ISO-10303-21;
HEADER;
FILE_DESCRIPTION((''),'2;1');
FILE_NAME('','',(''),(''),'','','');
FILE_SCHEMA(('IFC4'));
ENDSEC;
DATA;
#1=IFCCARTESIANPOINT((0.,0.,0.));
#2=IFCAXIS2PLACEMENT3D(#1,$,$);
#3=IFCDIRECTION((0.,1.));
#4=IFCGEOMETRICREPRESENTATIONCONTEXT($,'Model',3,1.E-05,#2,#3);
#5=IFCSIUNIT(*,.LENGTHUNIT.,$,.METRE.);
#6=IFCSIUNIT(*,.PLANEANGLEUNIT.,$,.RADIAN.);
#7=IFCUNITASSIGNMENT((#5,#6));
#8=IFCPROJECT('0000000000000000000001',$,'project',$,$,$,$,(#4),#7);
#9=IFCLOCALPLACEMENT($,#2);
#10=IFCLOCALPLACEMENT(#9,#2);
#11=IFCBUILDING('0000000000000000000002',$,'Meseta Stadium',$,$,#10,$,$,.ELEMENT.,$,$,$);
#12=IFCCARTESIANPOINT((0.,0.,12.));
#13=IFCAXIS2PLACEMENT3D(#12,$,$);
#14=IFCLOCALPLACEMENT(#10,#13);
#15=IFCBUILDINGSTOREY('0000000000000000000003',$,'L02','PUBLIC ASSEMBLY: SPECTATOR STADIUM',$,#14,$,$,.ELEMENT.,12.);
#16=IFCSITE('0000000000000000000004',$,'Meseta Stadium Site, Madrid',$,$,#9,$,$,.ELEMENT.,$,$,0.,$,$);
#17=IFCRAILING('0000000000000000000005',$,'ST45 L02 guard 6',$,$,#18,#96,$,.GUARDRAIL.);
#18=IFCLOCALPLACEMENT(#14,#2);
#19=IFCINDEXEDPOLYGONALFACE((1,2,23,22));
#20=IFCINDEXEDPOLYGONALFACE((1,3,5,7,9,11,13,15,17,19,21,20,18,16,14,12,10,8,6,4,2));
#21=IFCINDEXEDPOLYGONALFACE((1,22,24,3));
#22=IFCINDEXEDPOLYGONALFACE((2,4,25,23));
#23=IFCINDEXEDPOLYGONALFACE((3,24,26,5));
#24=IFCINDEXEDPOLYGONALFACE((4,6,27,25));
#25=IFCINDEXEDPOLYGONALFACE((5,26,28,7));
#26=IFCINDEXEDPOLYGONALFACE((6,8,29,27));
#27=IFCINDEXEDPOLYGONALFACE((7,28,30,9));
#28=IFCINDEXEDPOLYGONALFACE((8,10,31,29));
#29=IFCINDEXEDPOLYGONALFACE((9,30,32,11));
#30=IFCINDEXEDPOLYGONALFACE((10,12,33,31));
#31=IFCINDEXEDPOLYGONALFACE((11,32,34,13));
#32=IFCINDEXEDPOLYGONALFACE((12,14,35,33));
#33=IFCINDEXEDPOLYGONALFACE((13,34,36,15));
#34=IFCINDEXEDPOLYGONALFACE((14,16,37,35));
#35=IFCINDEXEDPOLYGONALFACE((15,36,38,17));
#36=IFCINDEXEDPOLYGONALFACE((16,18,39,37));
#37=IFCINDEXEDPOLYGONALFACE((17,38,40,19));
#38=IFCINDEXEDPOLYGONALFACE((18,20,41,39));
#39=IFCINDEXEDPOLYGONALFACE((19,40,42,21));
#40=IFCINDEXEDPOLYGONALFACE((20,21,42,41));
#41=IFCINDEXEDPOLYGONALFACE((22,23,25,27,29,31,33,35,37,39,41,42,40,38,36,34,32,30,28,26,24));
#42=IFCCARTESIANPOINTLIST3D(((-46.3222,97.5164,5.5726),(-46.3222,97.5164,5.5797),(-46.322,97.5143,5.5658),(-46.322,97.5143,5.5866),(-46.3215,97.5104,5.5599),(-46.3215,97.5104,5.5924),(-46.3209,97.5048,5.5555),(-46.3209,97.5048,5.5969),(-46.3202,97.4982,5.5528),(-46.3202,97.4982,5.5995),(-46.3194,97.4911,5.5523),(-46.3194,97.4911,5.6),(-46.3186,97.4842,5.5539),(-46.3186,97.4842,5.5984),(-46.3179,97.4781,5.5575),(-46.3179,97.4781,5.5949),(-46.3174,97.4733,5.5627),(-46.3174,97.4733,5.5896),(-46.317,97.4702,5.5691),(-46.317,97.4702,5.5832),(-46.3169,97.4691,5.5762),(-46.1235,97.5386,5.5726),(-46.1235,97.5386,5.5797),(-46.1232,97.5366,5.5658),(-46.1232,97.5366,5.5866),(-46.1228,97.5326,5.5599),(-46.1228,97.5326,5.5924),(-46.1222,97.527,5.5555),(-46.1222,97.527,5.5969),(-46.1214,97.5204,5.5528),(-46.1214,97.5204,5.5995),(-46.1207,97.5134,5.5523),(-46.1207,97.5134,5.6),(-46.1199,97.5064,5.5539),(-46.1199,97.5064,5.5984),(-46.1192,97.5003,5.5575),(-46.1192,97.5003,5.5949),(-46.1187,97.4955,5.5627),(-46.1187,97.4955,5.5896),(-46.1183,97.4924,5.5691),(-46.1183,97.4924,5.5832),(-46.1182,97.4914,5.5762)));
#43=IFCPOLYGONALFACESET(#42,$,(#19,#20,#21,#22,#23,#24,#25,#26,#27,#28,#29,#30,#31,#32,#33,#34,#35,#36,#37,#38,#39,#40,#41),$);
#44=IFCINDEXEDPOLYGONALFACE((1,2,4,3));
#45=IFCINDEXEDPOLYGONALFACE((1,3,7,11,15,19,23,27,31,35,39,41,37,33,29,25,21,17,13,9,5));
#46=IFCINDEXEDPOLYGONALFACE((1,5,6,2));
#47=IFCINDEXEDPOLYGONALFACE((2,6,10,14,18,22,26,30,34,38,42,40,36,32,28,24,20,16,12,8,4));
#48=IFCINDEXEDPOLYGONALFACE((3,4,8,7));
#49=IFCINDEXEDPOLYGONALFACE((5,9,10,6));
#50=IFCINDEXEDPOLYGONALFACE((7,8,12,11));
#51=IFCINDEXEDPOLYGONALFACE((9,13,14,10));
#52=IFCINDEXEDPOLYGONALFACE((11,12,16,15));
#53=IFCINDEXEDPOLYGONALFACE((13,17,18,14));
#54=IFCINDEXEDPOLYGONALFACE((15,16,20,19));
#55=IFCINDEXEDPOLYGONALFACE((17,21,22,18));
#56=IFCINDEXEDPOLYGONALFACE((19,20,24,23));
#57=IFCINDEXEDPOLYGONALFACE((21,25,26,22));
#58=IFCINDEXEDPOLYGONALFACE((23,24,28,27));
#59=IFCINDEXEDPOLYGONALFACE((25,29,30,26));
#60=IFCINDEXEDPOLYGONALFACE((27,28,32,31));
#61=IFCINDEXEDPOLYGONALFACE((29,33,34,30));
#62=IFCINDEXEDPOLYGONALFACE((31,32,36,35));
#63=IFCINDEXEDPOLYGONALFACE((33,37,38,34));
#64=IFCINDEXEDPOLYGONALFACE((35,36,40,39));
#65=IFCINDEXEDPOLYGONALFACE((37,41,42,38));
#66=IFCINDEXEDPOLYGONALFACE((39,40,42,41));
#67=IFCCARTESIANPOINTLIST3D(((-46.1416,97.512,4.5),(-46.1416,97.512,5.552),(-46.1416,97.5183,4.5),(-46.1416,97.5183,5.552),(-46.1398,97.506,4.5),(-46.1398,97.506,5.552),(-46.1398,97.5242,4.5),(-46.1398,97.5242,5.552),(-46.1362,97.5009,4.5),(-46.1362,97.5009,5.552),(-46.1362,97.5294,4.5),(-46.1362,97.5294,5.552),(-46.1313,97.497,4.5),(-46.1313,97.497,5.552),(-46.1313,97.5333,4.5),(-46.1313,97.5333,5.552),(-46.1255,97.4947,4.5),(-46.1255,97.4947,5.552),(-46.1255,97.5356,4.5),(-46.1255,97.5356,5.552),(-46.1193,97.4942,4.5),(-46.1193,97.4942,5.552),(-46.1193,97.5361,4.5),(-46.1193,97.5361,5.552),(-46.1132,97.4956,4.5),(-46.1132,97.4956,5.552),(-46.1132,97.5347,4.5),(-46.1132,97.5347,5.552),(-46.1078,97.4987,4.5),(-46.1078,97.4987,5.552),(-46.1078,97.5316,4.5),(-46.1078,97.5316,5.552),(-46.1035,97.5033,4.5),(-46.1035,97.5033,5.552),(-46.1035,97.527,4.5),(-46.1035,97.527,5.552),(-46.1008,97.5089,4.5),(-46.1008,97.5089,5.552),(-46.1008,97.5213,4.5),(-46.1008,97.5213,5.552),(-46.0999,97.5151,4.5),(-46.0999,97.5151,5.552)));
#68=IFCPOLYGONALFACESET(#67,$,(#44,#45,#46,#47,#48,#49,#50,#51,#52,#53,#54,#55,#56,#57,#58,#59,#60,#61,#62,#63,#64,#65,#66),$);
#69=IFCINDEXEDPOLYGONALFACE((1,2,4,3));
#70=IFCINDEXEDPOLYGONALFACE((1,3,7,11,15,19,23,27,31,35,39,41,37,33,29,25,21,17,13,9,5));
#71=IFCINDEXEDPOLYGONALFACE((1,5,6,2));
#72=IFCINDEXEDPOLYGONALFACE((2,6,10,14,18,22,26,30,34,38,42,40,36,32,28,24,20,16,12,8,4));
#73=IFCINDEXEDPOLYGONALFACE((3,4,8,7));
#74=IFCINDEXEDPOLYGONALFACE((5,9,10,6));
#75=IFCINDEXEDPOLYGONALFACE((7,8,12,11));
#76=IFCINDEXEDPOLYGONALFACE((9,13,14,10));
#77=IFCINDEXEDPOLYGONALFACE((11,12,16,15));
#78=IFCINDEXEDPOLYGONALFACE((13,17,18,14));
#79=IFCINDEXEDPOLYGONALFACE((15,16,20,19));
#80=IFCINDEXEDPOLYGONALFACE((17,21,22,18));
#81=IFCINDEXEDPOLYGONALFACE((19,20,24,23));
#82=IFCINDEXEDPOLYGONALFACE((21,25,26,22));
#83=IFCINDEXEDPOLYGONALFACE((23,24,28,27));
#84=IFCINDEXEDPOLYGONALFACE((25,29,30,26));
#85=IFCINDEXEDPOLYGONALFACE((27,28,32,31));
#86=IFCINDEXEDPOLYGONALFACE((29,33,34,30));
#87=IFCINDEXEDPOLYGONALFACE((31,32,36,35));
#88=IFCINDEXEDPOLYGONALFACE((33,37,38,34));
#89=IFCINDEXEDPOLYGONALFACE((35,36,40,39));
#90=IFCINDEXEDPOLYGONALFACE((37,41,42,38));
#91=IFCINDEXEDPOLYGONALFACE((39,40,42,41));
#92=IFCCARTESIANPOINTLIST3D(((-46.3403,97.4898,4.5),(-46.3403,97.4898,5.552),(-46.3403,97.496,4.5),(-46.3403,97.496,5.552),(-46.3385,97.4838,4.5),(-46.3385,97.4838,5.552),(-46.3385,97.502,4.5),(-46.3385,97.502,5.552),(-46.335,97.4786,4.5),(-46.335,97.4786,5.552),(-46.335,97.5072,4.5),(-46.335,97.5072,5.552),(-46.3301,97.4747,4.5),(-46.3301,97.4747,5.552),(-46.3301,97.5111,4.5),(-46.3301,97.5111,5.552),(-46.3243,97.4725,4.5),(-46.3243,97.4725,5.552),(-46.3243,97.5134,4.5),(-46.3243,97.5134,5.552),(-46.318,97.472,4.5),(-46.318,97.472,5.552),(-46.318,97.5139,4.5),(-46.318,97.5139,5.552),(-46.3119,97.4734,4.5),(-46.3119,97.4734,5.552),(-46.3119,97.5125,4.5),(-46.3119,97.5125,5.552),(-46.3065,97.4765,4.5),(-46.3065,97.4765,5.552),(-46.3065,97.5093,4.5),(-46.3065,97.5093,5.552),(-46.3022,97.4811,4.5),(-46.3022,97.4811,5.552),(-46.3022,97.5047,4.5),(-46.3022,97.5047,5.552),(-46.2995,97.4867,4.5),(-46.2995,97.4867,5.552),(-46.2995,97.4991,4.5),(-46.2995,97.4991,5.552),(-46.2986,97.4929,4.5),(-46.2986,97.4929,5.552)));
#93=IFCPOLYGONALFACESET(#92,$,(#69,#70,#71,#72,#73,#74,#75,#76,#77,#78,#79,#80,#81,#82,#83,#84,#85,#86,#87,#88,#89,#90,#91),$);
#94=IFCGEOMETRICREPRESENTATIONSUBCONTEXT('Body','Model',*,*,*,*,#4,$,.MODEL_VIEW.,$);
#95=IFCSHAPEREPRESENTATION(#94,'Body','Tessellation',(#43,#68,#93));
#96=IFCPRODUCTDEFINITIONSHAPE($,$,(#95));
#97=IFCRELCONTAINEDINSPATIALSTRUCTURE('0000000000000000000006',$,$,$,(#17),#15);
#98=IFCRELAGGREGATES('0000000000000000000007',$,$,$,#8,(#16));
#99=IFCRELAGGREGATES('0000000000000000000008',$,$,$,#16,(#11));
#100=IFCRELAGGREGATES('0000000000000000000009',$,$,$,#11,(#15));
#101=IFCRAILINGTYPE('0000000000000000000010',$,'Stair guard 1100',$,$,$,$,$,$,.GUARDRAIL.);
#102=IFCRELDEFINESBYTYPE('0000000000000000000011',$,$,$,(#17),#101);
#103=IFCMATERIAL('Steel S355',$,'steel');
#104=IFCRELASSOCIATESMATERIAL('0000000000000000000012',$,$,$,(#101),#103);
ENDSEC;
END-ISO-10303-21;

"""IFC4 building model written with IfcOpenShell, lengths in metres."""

from ifc_helpers import new_model, si_unit, direction, frame, origin, origin_2d, place, context, subcontext, project, spatial, circle, extrude, material, type_object, element, save


model = new_model("IFC4")

# Units and contexts
model_context = context("Model", 3, precision=1e-05, world=origin(), true_north=direction((0.0, 1.0)))
body_context = subcontext(model_context, "Body", "Model", "MODEL_VIEW")
ifc_project = project(units=[si_unit("LENGTHUNIT", "METRE"), si_unit("PLANEANGLEUNIT", "RADIAN")], contexts=[model_context])

# Site, building, storey
site_placement = place(None, origin())
site = spatial("IfcSite", under=ifc_project, at=site_placement, Name="Meseta Stadium Site, Madrid", CompositionType="ELEMENT", RefElevation=0.0)
building_placement = place(site_placement, origin())
building = spatial("IfcBuilding", under=site, at=building_placement, Name="Meseta Stadium", CompositionType="ELEMENT")
storey_placement = place(building_placement, frame((0.0, 0.0, 12.0)))
storey = spatial("IfcBuildingStorey", under=building, at=storey_placement, Name="L02", Description="PUBLIC ASSEMBLY: SPECTATOR STADIUM", CompositionType="ELEMENT", Elevation=12.0)

# Railing
ifc_material_1 = material(Name="Steel S355", Category="steel")
railing_type_1 = type_object("IfcRailingType", Name="Stair guard 1100", PredefinedType="GUARDRAIL", material=ifc_material_1)
railing_1_placement = place(storey_placement, frame((-46.1208, 97.5151, 4.5)))
element("IfcRailing", 1, at=railing_1_placement, inside=storey, type_object=railing_type_1, Name="ST45 L02 guard 6", PredefinedType="GUARDRAIL", context=body_context, shape_type="SweptSolid", body=[
    extrude(circle(Radius=0.0239, at=origin_2d()), frame((0.0, 0.0, 1.0762), z_axis=(-0.993809, -0.111102, 0.0), x_axis=(0.111102, -0.993809, 0.0)), (0.0, 0.0, 1.0), 0.2),
    extrude(circle(Radius=0.021, at=origin_2d()), origin(), (0.0, 0.0, 1.0), 1.052),
    extrude(circle(Radius=0.021, at=origin_2d()), frame((-0.1987, -0.0222, 0.0)), (0.0, 0.0, 1.0), 1.052),
])

save(model, "model.ifc")
